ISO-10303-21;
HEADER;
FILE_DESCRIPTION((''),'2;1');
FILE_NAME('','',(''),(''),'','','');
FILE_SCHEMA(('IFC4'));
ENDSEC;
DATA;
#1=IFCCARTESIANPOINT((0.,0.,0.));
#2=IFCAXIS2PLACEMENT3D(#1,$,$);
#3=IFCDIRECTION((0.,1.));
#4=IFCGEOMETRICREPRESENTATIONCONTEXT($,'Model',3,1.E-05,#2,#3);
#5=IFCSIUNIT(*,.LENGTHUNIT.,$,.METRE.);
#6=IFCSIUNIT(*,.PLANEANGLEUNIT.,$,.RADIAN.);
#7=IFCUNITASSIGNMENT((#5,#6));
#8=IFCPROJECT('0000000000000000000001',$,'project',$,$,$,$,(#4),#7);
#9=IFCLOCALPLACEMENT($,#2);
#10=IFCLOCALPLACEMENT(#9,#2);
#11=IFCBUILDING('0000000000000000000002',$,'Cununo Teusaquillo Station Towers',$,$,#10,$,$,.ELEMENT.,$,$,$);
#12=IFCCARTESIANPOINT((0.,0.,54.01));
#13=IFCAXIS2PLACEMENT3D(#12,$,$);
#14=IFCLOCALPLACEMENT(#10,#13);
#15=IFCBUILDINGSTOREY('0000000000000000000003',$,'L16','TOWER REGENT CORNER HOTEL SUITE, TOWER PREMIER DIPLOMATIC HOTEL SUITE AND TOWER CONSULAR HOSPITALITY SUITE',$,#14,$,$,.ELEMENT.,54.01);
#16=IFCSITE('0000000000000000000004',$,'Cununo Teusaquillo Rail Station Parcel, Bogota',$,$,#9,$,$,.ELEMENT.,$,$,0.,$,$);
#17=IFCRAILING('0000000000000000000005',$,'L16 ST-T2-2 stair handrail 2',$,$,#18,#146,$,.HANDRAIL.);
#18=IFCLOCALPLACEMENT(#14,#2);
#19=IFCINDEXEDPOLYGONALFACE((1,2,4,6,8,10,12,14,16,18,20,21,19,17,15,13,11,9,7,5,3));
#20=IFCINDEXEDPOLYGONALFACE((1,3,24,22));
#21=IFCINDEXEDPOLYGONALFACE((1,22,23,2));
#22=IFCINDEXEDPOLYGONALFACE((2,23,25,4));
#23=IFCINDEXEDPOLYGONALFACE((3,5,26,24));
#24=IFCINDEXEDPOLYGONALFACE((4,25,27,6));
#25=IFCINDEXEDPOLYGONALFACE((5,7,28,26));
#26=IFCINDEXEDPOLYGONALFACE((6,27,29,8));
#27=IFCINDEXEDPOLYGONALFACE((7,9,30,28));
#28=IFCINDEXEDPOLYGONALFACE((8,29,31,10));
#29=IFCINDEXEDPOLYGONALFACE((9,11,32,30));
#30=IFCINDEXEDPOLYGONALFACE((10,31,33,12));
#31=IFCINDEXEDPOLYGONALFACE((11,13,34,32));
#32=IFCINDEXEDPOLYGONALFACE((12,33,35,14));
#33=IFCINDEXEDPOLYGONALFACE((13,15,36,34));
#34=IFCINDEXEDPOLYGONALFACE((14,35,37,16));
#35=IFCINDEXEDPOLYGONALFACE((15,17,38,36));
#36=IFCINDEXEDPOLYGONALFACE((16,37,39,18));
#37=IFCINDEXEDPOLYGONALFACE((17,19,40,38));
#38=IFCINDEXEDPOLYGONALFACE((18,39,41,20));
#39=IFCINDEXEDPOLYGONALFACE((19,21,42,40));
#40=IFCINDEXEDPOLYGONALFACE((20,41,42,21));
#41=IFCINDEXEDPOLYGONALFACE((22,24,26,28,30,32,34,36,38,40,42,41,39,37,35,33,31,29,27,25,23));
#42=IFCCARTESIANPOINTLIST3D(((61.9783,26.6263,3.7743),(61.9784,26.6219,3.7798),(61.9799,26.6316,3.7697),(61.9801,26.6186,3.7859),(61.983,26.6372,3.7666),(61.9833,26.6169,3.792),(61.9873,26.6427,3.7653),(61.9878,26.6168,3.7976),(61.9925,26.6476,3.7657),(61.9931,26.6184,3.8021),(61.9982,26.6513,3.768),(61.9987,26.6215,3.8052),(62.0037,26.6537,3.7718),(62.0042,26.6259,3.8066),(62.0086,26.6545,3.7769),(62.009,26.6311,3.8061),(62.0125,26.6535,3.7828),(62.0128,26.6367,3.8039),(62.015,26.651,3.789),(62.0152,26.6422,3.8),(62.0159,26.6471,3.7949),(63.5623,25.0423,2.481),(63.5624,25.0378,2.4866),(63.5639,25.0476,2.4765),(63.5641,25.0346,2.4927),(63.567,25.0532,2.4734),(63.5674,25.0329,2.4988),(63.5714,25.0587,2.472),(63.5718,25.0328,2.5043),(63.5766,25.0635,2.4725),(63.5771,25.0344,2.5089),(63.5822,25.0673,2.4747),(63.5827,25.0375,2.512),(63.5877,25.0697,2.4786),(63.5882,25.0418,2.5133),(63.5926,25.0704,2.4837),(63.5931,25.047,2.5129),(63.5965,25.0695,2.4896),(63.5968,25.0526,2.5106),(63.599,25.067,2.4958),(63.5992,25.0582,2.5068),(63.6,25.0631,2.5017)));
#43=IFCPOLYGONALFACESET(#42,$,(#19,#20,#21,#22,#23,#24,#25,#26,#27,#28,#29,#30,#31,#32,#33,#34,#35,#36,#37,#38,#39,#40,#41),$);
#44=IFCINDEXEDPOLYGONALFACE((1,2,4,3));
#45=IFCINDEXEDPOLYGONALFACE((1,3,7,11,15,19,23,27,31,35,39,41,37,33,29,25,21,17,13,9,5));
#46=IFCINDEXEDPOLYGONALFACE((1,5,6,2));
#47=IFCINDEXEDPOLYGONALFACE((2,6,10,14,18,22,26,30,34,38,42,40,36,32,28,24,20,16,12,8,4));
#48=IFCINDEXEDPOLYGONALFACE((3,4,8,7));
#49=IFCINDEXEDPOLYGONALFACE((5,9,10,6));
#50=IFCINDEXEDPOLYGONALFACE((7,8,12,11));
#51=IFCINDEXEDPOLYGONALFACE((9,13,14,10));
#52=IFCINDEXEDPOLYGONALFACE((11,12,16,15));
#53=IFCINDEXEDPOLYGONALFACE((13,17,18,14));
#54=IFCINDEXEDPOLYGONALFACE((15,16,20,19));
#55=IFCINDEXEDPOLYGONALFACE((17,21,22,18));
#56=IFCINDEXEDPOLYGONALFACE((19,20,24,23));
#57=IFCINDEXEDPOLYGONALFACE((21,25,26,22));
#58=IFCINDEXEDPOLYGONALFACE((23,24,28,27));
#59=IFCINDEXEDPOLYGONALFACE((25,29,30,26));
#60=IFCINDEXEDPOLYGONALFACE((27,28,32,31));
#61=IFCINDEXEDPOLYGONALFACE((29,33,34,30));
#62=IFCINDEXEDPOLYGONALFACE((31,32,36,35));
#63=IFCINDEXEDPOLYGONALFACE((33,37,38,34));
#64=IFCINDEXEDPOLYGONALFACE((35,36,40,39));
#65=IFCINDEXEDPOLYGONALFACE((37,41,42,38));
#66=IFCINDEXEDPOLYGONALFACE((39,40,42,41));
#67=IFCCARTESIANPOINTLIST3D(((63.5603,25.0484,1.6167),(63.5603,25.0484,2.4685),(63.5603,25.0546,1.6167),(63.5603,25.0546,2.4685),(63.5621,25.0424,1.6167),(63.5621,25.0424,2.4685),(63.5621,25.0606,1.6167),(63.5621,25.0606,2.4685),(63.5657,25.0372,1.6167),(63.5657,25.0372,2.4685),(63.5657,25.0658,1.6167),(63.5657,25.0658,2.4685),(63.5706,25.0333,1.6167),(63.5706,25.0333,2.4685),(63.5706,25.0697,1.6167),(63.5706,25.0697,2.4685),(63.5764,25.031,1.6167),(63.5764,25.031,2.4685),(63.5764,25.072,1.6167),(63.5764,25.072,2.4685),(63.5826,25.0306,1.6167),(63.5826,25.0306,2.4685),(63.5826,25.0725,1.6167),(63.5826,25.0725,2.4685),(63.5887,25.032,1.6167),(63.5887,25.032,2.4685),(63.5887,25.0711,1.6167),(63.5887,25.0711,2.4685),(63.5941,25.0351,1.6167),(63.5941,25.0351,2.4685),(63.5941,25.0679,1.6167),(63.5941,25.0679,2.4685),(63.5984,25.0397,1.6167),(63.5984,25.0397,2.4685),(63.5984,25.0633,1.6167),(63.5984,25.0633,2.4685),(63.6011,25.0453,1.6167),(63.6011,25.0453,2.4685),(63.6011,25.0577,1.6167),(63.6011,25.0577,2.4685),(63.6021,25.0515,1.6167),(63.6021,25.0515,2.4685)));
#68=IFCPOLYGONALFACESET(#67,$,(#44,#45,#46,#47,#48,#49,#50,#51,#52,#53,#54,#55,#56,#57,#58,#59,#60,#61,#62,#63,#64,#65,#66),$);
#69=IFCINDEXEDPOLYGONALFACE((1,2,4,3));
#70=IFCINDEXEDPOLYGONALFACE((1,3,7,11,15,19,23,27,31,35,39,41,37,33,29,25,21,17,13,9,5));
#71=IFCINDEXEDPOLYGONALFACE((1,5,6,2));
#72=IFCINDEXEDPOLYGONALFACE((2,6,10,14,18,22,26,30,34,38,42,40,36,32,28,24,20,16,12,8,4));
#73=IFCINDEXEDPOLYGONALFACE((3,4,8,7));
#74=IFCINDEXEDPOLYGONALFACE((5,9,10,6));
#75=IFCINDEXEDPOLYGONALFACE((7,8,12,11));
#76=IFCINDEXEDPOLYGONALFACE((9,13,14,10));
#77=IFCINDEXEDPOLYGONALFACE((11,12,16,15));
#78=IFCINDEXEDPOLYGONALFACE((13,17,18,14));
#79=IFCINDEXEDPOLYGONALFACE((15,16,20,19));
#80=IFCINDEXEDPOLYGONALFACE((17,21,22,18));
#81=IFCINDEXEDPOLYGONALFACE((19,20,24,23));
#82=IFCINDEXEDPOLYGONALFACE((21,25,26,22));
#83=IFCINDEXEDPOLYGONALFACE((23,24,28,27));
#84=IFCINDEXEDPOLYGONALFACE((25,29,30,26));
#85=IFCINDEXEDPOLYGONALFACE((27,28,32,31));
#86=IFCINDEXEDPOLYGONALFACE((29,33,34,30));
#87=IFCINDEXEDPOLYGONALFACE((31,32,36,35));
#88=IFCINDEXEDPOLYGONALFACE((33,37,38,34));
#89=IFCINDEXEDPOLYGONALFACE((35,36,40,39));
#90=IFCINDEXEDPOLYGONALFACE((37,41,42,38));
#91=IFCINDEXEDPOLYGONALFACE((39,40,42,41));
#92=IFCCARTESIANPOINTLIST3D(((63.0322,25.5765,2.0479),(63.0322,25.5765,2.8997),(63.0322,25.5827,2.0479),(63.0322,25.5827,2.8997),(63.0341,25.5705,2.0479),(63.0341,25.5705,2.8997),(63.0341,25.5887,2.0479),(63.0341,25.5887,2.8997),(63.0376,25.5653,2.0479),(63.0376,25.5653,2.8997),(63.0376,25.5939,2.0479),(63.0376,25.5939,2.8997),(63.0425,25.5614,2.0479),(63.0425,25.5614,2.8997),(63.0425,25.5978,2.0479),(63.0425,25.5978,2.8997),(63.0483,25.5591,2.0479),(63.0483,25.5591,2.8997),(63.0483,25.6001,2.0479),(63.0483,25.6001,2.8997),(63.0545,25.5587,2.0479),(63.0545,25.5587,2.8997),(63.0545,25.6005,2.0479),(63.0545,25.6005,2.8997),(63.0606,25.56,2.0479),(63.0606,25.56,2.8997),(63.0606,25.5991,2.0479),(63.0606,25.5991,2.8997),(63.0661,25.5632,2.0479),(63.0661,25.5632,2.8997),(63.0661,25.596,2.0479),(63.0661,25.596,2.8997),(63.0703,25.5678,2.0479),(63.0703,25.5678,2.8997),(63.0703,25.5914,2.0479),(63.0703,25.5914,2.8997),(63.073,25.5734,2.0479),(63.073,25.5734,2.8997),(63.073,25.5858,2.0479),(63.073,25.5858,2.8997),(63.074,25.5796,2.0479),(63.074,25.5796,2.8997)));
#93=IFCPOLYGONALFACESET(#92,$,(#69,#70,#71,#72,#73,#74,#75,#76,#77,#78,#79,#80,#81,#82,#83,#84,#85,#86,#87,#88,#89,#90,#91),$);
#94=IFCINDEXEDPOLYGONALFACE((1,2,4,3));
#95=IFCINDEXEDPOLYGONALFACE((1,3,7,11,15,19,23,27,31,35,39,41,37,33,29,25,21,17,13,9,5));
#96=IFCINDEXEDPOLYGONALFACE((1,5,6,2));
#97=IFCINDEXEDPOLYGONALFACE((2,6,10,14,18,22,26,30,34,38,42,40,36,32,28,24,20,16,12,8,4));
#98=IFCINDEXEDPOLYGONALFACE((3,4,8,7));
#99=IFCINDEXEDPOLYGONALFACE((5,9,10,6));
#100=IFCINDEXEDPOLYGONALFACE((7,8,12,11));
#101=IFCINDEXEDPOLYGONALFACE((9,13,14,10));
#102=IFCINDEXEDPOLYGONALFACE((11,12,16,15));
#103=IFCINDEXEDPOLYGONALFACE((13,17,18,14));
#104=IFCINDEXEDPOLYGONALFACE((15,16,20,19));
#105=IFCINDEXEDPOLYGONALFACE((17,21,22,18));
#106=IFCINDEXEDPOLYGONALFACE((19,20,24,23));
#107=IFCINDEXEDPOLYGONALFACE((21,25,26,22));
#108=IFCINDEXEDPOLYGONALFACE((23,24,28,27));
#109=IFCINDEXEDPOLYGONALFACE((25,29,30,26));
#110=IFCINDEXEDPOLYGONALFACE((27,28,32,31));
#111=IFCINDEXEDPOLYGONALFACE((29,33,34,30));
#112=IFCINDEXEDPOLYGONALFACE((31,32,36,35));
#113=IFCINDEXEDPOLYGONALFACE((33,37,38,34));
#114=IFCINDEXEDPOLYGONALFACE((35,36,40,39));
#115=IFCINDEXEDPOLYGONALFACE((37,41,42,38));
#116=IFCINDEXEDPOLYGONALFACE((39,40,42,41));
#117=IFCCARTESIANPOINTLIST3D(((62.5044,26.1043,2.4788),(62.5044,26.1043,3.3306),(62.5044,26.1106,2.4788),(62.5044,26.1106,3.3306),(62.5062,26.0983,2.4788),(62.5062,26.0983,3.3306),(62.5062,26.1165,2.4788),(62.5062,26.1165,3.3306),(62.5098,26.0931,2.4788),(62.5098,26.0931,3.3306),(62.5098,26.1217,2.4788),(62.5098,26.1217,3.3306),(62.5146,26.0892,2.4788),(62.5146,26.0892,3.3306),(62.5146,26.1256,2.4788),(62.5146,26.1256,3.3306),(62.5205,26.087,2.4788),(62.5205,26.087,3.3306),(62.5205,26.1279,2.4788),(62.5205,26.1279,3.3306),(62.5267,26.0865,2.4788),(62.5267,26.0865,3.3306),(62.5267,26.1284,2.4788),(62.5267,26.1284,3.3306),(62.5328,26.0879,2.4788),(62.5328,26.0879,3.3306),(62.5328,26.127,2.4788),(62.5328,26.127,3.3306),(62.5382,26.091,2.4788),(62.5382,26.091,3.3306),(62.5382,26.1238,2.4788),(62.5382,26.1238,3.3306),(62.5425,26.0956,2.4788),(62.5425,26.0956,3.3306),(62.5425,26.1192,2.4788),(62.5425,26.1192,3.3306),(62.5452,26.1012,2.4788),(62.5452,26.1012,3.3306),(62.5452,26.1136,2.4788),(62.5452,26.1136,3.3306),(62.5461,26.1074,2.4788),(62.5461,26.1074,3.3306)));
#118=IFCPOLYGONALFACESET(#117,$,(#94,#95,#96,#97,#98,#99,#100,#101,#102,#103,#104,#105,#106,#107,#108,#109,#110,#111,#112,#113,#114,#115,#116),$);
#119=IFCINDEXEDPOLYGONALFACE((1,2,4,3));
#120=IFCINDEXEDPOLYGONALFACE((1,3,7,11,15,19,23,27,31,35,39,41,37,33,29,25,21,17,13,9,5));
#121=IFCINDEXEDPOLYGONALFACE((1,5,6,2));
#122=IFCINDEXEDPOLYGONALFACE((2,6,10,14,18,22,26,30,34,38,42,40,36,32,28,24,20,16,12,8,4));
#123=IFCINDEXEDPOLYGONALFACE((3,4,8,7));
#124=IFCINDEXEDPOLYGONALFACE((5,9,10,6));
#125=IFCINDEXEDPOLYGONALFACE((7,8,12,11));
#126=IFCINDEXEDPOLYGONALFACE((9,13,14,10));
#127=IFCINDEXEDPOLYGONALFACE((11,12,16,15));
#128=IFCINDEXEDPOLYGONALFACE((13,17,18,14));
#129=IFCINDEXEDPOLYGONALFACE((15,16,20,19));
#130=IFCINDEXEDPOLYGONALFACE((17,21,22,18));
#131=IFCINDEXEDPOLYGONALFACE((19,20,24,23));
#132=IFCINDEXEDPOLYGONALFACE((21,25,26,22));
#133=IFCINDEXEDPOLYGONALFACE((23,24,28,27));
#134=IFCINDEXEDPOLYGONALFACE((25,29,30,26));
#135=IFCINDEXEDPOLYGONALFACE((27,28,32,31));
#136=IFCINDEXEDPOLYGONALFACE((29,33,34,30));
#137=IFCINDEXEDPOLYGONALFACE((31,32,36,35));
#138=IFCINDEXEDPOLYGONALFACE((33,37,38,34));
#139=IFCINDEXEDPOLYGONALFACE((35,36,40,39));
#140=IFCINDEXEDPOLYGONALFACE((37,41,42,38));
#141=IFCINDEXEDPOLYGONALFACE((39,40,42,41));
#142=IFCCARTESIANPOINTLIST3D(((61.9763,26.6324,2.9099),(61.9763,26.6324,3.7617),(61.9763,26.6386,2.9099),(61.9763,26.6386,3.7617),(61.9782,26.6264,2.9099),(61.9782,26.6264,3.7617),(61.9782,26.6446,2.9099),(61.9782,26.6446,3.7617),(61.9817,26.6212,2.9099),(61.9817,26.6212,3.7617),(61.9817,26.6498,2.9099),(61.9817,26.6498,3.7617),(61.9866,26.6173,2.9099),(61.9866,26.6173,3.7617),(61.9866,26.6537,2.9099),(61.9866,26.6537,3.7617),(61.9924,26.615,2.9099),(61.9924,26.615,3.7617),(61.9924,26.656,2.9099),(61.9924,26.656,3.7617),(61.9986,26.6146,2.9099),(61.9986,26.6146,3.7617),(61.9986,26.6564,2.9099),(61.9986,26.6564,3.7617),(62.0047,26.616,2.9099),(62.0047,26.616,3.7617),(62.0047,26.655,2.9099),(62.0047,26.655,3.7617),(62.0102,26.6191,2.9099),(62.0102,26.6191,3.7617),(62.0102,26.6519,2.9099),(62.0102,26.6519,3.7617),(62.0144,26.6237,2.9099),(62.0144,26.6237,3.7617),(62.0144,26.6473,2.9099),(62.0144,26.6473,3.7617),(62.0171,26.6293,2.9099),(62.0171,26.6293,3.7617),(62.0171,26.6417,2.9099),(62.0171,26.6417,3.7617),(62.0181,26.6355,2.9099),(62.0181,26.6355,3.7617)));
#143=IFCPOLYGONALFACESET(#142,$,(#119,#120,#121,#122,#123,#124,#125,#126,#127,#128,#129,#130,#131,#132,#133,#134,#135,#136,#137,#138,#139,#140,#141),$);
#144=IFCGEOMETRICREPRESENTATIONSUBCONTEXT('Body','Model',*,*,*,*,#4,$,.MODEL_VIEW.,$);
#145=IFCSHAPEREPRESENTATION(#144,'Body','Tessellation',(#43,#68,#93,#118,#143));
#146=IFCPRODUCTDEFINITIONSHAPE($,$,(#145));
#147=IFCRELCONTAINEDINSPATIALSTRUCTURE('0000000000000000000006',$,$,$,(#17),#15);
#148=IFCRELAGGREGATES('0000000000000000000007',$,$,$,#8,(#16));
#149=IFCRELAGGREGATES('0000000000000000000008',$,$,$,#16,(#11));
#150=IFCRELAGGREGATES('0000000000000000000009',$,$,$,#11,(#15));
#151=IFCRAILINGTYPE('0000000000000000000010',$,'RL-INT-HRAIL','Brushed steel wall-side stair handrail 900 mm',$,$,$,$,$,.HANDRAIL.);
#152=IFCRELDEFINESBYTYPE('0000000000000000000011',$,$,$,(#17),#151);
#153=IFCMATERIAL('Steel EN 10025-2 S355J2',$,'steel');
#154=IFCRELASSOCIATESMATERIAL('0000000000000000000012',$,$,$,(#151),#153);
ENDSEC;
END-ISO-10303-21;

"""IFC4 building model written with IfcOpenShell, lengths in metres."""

from ifc_helpers import new_model, si_unit, direction, frame, origin, origin_2d, place, context, subcontext, project, spatial, circle, extrude, material, type_object, element, save


model = new_model("IFC4")

# Units and contexts
model_context = context("Model", 3, precision=1e-05, world=origin(), true_north=direction((0.0, 1.0)))
body_context = subcontext(model_context, "Body", "Model", "MODEL_VIEW")
ifc_project = project(units=[si_unit("LENGTHUNIT", "METRE"), si_unit("PLANEANGLEUNIT", "RADIAN")], contexts=[model_context])

# Site, building, storey
site_placement = place(None, origin())
site = spatial("IfcSite", under=ifc_project, at=site_placement, Name="Cununo Teusaquillo Rail Station Parcel, Bogota", CompositionType="ELEMENT", RefElevation=0.0)
building_placement = place(site_placement, origin())
building = spatial("IfcBuilding", under=site, at=building_placement, Name="Cununo Teusaquillo Station Towers", CompositionType="ELEMENT")
storey_placement = place(building_placement, frame((0.0, 0.0, 54.01)))
storey = spatial("IfcBuildingStorey", under=building, at=storey_placement, Name="L16", Description="TOWER REGENT CORNER HOTEL SUITE, TOWER PREMIER DIPLOMATIC HOTEL SUITE AND TOWER CONSULAR HOSPITALITY SUITE", CompositionType="ELEMENT", Elevation=54.01)

# Railing
ifc_material_1 = material(Name="Steel EN 10025-2 S355J2", Category="steel")
railing_type_1 = type_object("IfcRailingType", Name="RL-INT-HRAIL", Description="Brushed steel wall-side stair handrail 900 mm", PredefinedType="HANDRAIL", material=ifc_material_1)
railing_1_placement = place(storey_placement, frame((63.5811, 25.0515, 1.6167)))
element("IfcRailing", 1, at=railing_1_placement, inside=storey, type_object=railing_type_1, Name="L16 ST-T2-2 stair handrail 2", PredefinedType="HANDRAIL", context=body_context, shape_type="SweptSolid", body=[
    extrude(circle(Radius=0.0239, at=origin_2d()), frame((0.0, 0.0, 0.876), z_axis=(-0.612385, 0.612385, 0.49997), x_axis=(-0.707107, -0.707107, 0.0)), (0.0, 0.0, 1.0), 2.5867),
    extrude(circle(Radius=0.021, at=origin_2d()), origin(), (0.0, 0.0, 1.0), 0.8518),
    extrude(circle(Radius=0.021, at=origin_2d()), frame((-0.5281, 0.5281, 0.4312)), (0.0, 0.0, 1.0), 0.8518),
    extrude(circle(Radius=0.021, at=origin_2d()), frame((-1.0559, 1.0559, 0.8621)), (0.0, 0.0, 1.0), 0.8518),
    extrude(circle(Radius=0.021, at=origin_2d()), frame((-1.584, 1.584, 1.2932)), (0.0, 0.0, 1.0), 0.8518),
])

save(model, "model.ifc")
